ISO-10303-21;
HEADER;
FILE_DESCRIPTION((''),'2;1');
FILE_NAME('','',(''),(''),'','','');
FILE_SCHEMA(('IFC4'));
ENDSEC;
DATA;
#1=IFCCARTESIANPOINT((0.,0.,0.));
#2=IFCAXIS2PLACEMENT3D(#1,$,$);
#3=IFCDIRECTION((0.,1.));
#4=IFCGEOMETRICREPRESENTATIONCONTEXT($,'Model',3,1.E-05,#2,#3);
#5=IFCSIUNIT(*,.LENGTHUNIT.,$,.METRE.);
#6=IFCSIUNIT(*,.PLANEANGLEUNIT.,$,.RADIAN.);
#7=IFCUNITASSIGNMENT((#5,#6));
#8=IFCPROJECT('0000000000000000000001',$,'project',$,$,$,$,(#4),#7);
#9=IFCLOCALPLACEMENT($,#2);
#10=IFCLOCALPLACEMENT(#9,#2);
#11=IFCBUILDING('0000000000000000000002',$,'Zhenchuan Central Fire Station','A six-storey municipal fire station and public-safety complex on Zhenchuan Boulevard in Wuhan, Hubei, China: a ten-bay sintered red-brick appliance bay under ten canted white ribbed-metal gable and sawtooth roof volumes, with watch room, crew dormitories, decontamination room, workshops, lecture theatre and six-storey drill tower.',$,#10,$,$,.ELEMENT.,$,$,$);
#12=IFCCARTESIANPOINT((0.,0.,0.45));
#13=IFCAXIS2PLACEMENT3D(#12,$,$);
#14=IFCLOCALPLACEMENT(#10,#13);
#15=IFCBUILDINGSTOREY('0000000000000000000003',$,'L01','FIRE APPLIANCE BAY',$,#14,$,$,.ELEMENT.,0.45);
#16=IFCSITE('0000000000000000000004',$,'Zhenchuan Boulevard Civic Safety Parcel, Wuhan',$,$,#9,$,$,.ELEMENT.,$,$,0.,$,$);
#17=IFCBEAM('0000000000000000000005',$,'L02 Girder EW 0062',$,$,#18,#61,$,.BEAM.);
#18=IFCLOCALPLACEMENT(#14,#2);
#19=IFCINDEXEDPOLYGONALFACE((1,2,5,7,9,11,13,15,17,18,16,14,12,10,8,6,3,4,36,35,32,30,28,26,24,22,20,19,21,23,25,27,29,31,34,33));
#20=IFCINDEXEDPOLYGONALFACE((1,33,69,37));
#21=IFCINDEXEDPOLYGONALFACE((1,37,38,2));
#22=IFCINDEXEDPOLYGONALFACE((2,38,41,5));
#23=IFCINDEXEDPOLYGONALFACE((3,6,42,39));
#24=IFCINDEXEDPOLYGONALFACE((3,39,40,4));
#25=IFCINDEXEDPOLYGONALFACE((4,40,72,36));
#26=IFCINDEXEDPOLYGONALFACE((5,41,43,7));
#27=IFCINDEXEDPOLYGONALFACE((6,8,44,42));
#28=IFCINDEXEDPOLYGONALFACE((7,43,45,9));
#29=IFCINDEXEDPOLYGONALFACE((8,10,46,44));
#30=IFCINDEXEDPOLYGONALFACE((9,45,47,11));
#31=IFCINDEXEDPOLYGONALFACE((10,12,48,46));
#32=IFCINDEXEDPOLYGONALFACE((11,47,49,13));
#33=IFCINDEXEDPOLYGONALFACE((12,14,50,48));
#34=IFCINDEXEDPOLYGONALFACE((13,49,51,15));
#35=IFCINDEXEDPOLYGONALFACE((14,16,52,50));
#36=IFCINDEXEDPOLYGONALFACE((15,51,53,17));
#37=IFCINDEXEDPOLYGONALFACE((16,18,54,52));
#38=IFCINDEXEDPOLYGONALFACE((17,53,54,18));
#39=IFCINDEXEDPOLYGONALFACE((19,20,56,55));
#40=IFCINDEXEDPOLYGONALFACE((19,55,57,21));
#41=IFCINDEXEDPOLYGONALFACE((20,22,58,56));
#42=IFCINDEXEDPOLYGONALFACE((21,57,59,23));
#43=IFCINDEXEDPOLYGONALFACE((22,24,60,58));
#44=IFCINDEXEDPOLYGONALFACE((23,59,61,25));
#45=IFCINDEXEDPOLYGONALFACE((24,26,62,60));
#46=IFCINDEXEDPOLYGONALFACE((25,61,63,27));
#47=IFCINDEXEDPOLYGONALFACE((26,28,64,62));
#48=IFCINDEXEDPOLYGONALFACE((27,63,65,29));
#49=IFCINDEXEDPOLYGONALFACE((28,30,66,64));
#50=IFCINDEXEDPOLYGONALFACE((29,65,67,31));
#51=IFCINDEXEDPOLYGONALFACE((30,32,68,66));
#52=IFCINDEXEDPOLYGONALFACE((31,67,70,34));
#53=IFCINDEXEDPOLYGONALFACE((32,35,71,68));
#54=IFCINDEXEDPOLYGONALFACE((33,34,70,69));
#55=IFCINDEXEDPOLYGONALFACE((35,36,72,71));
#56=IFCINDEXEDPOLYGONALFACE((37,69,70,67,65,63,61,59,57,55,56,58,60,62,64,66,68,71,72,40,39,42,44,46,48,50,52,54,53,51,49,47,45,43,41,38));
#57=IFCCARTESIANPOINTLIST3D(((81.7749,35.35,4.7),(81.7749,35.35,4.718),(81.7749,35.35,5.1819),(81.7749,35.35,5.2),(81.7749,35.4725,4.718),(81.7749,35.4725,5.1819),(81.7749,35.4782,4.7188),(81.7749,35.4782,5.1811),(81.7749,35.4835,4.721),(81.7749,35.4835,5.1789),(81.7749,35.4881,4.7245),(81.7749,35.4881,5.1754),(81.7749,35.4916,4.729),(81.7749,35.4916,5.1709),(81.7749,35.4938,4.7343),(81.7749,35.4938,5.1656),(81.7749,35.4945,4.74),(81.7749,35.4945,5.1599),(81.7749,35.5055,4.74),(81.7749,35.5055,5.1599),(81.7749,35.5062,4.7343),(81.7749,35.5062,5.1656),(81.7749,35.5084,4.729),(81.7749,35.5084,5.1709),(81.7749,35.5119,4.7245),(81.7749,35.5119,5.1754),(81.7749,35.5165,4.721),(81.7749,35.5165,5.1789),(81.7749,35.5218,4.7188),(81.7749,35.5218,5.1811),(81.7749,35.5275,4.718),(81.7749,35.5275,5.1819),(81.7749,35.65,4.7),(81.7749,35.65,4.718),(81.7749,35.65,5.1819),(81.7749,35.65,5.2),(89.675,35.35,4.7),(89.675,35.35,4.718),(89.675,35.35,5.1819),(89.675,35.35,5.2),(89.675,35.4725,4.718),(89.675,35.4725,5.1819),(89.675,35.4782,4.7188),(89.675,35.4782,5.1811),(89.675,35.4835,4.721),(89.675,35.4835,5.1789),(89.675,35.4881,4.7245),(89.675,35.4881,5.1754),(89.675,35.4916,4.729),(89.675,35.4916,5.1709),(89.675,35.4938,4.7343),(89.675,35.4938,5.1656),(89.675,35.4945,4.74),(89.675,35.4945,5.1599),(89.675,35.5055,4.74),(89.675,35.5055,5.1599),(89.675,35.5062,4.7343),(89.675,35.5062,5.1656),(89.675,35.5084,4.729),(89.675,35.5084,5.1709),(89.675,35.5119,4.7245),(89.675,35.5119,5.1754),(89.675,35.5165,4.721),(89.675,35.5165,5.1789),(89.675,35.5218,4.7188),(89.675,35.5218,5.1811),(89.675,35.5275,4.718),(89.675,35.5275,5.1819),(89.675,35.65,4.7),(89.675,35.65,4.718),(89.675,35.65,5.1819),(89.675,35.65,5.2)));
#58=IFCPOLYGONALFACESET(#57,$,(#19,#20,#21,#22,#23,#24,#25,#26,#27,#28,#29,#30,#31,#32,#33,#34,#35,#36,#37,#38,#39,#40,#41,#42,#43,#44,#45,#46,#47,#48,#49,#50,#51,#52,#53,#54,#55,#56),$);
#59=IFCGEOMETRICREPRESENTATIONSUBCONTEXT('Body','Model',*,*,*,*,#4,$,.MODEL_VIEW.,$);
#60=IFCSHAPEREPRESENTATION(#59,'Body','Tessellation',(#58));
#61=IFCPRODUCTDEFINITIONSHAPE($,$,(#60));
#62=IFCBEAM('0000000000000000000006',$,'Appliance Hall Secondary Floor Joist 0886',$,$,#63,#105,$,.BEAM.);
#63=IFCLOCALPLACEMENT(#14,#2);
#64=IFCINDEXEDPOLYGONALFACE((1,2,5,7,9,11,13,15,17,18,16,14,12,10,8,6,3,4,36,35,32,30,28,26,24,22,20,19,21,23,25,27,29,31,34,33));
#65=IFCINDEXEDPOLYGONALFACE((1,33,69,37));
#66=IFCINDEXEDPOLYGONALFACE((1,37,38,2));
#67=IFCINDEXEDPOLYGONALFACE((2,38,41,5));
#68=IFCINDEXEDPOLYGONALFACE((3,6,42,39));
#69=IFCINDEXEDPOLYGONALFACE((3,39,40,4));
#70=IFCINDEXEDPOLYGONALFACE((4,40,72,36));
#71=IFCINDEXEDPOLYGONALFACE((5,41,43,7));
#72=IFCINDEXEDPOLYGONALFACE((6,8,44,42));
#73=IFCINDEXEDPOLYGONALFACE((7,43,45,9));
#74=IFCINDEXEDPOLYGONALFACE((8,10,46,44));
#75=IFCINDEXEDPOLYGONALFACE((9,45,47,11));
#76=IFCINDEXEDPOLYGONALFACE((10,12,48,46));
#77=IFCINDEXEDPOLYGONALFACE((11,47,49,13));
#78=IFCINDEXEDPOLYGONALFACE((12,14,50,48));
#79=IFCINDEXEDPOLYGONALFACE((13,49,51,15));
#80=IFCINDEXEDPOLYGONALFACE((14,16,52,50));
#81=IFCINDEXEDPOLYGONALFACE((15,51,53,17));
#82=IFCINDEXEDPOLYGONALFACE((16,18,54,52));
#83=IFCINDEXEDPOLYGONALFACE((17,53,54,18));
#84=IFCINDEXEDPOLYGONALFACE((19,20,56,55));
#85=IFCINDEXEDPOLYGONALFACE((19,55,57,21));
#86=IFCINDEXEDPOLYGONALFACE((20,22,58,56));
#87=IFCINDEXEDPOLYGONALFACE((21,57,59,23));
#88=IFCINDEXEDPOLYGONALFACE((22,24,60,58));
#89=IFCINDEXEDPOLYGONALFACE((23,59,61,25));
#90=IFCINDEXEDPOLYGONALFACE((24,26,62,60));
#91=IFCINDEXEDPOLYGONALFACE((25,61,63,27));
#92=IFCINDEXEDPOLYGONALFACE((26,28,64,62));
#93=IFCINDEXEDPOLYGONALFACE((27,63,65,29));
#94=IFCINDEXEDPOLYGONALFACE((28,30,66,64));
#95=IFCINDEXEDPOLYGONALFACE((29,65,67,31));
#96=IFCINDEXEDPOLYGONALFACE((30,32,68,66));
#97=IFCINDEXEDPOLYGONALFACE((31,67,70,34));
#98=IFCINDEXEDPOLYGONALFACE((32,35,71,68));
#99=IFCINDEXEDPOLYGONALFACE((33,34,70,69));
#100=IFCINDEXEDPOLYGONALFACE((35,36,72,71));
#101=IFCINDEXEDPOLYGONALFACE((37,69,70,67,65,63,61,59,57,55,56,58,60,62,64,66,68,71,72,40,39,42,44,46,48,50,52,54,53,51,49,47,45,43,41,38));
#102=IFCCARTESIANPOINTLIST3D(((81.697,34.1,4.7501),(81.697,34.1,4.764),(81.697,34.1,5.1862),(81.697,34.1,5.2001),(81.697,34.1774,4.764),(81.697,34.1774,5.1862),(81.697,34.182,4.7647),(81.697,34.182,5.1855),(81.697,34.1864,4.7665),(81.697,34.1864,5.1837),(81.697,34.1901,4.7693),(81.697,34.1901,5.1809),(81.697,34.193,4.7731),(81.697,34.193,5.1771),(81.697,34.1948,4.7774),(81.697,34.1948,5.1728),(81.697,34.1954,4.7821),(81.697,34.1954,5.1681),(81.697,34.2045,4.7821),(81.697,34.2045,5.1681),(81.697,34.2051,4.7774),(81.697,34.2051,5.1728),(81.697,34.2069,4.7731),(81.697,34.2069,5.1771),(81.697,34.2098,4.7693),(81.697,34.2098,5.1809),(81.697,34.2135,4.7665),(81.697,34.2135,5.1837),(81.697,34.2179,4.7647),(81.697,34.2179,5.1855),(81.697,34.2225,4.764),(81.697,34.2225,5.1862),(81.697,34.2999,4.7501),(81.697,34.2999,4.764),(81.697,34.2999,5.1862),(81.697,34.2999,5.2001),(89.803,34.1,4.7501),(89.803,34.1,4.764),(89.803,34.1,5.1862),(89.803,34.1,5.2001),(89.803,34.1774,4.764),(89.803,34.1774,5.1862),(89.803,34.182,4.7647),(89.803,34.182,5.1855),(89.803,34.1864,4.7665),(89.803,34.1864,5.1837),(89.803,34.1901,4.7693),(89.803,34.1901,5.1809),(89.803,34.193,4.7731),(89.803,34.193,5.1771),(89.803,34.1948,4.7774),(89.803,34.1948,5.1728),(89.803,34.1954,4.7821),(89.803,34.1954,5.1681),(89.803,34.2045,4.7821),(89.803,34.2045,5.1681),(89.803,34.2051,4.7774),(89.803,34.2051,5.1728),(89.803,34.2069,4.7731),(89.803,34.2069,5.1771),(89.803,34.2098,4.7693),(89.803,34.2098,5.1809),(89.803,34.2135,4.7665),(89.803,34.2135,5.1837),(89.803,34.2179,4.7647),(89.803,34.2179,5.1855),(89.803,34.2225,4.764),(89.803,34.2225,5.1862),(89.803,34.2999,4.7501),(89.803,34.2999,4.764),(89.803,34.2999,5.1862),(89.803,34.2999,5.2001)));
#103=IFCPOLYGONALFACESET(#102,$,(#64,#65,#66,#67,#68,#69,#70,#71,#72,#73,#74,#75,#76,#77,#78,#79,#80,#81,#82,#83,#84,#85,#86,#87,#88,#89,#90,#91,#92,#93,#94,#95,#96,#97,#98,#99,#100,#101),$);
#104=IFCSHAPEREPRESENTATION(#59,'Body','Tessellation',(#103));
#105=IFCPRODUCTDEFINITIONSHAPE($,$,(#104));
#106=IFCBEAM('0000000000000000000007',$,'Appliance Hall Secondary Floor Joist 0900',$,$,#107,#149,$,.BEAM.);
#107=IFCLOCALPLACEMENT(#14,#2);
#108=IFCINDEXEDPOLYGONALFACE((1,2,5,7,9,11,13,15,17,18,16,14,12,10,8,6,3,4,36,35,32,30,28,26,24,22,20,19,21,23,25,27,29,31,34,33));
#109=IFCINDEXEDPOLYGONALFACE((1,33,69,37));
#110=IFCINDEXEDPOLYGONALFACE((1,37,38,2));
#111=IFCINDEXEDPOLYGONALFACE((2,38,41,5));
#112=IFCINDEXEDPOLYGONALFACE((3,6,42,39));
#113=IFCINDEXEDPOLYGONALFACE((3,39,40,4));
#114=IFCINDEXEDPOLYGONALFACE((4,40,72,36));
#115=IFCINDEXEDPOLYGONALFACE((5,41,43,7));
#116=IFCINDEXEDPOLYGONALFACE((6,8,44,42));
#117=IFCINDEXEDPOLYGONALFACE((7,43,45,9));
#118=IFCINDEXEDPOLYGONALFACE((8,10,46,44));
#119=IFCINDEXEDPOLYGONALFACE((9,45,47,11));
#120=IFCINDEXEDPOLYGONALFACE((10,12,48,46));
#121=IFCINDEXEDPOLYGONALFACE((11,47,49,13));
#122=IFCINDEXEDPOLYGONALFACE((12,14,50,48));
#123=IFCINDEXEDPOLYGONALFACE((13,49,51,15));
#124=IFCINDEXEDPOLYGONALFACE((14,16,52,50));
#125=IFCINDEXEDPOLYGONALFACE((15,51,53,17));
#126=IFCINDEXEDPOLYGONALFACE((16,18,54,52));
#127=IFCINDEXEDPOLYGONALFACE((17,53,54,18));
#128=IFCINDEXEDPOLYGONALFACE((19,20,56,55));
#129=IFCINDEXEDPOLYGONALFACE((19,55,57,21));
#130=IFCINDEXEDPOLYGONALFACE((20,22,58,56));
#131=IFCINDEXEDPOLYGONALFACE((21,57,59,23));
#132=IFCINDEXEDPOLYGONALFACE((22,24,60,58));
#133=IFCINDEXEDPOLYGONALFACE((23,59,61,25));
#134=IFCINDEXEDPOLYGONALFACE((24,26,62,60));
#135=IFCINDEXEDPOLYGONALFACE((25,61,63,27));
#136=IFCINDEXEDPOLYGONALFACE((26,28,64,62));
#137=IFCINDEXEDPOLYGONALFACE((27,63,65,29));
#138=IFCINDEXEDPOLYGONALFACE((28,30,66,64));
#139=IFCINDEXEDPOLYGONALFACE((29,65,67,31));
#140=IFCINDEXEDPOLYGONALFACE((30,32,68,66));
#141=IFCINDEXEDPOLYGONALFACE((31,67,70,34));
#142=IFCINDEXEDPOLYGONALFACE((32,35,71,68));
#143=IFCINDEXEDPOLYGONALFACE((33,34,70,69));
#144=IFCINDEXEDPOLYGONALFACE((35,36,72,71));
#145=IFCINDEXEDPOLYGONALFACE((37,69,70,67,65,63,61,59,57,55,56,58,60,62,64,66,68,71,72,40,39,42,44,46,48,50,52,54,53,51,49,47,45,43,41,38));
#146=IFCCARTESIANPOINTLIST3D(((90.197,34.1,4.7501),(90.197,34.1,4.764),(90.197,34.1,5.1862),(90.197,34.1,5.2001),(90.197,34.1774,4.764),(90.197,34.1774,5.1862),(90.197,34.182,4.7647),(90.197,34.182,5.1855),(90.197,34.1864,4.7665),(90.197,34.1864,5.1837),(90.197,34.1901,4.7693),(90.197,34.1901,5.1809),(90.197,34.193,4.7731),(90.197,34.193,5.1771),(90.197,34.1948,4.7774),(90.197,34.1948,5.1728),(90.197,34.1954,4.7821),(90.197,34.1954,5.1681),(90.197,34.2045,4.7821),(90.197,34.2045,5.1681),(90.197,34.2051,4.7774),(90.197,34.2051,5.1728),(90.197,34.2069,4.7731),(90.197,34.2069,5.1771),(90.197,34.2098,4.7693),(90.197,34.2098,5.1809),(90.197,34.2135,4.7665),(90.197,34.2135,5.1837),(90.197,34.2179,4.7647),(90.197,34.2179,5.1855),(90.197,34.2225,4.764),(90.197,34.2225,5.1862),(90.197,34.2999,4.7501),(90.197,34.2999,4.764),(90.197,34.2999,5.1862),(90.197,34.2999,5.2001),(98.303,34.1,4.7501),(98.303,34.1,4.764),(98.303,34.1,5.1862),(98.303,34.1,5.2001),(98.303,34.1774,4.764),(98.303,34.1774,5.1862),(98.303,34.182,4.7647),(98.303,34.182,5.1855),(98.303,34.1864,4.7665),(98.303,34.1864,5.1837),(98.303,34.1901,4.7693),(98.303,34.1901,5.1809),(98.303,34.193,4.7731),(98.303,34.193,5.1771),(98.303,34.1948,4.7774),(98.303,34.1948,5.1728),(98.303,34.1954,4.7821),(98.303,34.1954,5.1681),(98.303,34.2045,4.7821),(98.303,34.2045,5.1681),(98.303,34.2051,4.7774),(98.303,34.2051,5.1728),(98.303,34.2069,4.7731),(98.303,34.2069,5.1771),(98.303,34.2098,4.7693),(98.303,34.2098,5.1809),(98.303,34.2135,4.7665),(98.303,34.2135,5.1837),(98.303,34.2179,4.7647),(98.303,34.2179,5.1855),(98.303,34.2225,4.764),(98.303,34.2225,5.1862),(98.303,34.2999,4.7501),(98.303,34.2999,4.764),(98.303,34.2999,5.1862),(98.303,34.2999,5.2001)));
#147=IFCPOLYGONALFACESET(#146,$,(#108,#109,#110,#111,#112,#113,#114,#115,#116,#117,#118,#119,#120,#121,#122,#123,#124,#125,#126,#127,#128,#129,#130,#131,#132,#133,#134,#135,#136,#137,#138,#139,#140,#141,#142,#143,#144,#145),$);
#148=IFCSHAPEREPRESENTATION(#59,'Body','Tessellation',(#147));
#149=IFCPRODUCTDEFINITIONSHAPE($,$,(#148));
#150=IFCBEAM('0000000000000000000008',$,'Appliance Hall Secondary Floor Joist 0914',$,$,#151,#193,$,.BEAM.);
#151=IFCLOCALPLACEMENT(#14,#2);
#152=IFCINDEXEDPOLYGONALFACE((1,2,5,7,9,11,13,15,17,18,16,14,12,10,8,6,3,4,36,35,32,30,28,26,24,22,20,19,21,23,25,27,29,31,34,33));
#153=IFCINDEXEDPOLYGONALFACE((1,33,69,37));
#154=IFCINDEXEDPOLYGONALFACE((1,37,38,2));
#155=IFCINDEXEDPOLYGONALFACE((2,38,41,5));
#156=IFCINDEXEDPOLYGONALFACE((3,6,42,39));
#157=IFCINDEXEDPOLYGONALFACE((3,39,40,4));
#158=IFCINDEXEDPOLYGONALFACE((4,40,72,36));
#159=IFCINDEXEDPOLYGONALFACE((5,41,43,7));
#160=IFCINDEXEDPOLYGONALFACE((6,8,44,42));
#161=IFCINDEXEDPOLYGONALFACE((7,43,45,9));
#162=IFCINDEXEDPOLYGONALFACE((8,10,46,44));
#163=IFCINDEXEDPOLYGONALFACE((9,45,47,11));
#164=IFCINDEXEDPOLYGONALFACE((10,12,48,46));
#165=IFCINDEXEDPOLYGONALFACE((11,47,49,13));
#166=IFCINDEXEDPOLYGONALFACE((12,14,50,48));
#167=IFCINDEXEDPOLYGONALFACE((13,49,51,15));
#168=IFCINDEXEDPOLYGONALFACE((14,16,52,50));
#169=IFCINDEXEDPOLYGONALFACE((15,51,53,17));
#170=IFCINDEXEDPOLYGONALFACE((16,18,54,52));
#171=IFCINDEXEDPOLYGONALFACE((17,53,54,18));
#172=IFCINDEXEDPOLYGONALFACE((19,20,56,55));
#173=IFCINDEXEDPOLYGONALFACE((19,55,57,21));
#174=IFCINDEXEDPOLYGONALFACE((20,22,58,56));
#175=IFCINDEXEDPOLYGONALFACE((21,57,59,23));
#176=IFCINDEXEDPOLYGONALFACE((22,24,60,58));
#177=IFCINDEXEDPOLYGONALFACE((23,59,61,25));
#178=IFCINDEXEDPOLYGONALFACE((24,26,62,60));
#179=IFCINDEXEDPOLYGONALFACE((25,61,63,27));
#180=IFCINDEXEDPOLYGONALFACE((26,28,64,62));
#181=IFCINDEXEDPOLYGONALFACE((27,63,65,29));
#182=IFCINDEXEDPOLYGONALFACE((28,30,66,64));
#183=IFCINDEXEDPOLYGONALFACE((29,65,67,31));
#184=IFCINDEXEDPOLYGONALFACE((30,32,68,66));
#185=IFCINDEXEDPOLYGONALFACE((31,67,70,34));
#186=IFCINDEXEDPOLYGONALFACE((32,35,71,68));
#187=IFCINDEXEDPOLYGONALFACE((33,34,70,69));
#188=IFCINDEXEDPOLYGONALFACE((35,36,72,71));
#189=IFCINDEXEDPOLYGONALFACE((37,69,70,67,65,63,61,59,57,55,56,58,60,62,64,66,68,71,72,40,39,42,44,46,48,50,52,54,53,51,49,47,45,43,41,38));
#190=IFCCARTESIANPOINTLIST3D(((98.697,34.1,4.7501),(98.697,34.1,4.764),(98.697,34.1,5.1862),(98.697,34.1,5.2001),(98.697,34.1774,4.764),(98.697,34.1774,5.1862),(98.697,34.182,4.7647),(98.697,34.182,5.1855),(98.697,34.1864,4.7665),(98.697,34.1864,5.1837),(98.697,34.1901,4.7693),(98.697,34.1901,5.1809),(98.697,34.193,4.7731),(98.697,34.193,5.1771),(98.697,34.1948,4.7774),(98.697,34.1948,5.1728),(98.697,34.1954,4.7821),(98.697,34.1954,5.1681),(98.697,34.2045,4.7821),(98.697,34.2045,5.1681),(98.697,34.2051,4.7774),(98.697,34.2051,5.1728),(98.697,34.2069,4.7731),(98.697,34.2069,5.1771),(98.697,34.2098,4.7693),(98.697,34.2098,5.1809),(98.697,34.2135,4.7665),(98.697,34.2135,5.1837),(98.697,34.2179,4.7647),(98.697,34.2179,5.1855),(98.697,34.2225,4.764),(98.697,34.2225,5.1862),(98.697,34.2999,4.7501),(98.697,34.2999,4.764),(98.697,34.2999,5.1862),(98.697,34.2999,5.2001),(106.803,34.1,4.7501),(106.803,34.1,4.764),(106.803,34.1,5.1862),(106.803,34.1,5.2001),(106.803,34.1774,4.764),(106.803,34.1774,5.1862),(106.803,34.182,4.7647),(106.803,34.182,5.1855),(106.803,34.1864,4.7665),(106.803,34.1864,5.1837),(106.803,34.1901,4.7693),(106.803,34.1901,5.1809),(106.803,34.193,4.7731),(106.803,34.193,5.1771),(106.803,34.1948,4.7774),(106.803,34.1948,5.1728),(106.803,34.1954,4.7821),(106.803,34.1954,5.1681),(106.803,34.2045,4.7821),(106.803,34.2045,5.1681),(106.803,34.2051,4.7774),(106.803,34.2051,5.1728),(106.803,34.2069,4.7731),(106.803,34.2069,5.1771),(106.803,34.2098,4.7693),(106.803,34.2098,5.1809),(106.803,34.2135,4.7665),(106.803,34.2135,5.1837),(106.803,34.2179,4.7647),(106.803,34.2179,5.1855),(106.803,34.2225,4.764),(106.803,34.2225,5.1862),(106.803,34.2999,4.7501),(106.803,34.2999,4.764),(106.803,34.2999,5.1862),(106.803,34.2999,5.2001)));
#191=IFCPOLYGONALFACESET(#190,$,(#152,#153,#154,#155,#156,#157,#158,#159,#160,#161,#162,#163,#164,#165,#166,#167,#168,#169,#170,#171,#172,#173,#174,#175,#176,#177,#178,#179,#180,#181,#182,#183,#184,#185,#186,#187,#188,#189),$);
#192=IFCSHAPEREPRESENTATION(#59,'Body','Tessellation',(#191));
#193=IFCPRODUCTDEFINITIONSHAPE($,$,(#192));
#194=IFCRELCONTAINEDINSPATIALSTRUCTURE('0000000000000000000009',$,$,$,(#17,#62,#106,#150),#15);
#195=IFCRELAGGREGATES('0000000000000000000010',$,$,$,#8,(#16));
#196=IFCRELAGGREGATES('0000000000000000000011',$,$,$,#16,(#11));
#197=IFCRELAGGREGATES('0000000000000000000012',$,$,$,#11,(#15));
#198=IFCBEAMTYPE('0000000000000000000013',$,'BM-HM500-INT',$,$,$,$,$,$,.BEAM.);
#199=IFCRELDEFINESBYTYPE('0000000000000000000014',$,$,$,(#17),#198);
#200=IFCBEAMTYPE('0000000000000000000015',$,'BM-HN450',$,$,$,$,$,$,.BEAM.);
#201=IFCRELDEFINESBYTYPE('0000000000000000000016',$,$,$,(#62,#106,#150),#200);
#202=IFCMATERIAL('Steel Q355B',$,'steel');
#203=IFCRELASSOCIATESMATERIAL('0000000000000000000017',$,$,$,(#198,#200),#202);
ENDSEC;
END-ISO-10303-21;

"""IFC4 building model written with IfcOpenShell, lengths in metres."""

from ifc_helpers import new_model, si_unit, direction, frame, origin, origin_2d, place, context, subcontext, project, spatial, i_section, extrude, material, material_profile, profile_set, type_object, element, save


model = new_model("IFC4")

# Units and contexts
model_context = context("Model", 3, precision=1e-05, world=origin(), true_north=direction((0.0, 1.0)))
body_context = subcontext(model_context, "Body", "Model", "MODEL_VIEW")
ifc_project = project(units=[si_unit("LENGTHUNIT", "METRE"), si_unit("PLANEANGLEUNIT", "RADIAN")], contexts=[model_context])

# Site, building, storey
site_placement = place(None, origin())
site = spatial("IfcSite", under=ifc_project, at=site_placement, Name="Zhenchuan Boulevard Civic Safety Parcel, Wuhan", CompositionType="ELEMENT", RefElevation=0.0)
building_placement = place(site_placement, origin())
building = spatial("IfcBuilding", under=site, at=building_placement, Name="Zhenchuan Central Fire Station", Description="A six-storey municipal fire station and public-safety complex on Zhenchuan Boulevard in Wuhan, Hubei, China: a ten-bay sintered red-brick appliance bay under ten canted white ribbed-metal gable and sawtooth roof volumes, with watch room, crew dormitories, decontamination room, workshops, lecture theatre and six-storey drill tower.", CompositionType="ELEMENT")
storey_placement = place(building_placement, frame((0.0, 0.0, 0.45)))
storey = spatial("IfcBuildingStorey", under=building, at=storey_placement, Name="L01", Description="FIRE APPLIANCE BAY", CompositionType="ELEMENT", Elevation=0.45)

# Shared definitions
ifc_material_1 = material(Name="Steel Q355B", Category="steel")

# Beams
ifc_material_profile_1 = material_profile(ifc_material_1, i_section(OverallWidth=0.3, OverallDepth=0.5, WebThickness=0.011, FlangeThickness=0.0181, FilletRadius=0.022, at=origin_2d()), Name="HM 500x300")
ifc_profile_set_1 = profile_set([ifc_material_profile_1], Name="Steel Q355B")
beam_type_1 = type_object("IfcBeamType", Name="BM-HM500-INT", PredefinedType="BEAM", material=ifc_profile_set_1)
beam_1_placement = place(storey_placement, frame((81.7749, 35.5, 4.95), z_axis=(1.0, 0.0, 0.0), x_axis=(0.0, 1.0, 0.0)))
element("IfcBeam", 1, at=beam_1_placement, inside=storey, type_object=beam_type_1, Name="L02 Girder EW 0062", PredefinedType="BEAM", context=body_context, shape_type="SweptSolid", body=[
    extrude(i_section(OverallWidth=0.3, OverallDepth=0.5, WebThickness=0.011, FlangeThickness=0.0181, FilletRadius=0.022, at=origin_2d()), origin(), (0.0, 0.0, 1.0), 7.9001),
])
ifc_material_profile_2 = material_profile(ifc_material_1, i_section(OverallWidth=0.2, OverallDepth=0.45, WebThickness=0.009, FlangeThickness=0.0139, FilletRadius=0.0181, at=origin_2d()), Name="HN 450x200")
ifc_profile_set_2 = profile_set([ifc_material_profile_2], Name="Steel Q355B")
beam_type_2 = type_object("IfcBeamType", Name="BM-HN450", PredefinedType="BEAM", material=ifc_profile_set_2)
for number, where, z_axis, x_axis, name in (
    (2, (81.697, 34.2, 4.9751), (1.0, 0.0, 0.0), (0.0, 1.0, 0.0), "Appliance Hall Secondary Floor Joist 0886"),
    (3, (90.197, 34.2, 4.9751), (1.0, 0.0, 0.0), (0.0, 1.0, 0.0), "Appliance Hall Secondary Floor Joist 0900"),
    (4, (98.697, 34.2, 4.9751), (1.0, 0.0, 0.0), (0.0, 1.0, 0.0), "Appliance Hall Secondary Floor Joist 0914"),
):
    element("IfcBeam", number, at=place(storey_placement, frame(where, z_axis=z_axis, x_axis=x_axis)), inside=storey, type_object=beam_type_2, Name=name, PredefinedType="BEAM", context=body_context, shape_type="SweptSolid", body=[
        extrude(i_section(OverallWidth=0.2, OverallDepth=0.45, WebThickness=0.009, FlangeThickness=0.0139, FilletRadius=0.0181, at=origin_2d()), origin(), (0.0, 0.0, 1.0), 8.106),
    ])

save(model, "model.ifc")
